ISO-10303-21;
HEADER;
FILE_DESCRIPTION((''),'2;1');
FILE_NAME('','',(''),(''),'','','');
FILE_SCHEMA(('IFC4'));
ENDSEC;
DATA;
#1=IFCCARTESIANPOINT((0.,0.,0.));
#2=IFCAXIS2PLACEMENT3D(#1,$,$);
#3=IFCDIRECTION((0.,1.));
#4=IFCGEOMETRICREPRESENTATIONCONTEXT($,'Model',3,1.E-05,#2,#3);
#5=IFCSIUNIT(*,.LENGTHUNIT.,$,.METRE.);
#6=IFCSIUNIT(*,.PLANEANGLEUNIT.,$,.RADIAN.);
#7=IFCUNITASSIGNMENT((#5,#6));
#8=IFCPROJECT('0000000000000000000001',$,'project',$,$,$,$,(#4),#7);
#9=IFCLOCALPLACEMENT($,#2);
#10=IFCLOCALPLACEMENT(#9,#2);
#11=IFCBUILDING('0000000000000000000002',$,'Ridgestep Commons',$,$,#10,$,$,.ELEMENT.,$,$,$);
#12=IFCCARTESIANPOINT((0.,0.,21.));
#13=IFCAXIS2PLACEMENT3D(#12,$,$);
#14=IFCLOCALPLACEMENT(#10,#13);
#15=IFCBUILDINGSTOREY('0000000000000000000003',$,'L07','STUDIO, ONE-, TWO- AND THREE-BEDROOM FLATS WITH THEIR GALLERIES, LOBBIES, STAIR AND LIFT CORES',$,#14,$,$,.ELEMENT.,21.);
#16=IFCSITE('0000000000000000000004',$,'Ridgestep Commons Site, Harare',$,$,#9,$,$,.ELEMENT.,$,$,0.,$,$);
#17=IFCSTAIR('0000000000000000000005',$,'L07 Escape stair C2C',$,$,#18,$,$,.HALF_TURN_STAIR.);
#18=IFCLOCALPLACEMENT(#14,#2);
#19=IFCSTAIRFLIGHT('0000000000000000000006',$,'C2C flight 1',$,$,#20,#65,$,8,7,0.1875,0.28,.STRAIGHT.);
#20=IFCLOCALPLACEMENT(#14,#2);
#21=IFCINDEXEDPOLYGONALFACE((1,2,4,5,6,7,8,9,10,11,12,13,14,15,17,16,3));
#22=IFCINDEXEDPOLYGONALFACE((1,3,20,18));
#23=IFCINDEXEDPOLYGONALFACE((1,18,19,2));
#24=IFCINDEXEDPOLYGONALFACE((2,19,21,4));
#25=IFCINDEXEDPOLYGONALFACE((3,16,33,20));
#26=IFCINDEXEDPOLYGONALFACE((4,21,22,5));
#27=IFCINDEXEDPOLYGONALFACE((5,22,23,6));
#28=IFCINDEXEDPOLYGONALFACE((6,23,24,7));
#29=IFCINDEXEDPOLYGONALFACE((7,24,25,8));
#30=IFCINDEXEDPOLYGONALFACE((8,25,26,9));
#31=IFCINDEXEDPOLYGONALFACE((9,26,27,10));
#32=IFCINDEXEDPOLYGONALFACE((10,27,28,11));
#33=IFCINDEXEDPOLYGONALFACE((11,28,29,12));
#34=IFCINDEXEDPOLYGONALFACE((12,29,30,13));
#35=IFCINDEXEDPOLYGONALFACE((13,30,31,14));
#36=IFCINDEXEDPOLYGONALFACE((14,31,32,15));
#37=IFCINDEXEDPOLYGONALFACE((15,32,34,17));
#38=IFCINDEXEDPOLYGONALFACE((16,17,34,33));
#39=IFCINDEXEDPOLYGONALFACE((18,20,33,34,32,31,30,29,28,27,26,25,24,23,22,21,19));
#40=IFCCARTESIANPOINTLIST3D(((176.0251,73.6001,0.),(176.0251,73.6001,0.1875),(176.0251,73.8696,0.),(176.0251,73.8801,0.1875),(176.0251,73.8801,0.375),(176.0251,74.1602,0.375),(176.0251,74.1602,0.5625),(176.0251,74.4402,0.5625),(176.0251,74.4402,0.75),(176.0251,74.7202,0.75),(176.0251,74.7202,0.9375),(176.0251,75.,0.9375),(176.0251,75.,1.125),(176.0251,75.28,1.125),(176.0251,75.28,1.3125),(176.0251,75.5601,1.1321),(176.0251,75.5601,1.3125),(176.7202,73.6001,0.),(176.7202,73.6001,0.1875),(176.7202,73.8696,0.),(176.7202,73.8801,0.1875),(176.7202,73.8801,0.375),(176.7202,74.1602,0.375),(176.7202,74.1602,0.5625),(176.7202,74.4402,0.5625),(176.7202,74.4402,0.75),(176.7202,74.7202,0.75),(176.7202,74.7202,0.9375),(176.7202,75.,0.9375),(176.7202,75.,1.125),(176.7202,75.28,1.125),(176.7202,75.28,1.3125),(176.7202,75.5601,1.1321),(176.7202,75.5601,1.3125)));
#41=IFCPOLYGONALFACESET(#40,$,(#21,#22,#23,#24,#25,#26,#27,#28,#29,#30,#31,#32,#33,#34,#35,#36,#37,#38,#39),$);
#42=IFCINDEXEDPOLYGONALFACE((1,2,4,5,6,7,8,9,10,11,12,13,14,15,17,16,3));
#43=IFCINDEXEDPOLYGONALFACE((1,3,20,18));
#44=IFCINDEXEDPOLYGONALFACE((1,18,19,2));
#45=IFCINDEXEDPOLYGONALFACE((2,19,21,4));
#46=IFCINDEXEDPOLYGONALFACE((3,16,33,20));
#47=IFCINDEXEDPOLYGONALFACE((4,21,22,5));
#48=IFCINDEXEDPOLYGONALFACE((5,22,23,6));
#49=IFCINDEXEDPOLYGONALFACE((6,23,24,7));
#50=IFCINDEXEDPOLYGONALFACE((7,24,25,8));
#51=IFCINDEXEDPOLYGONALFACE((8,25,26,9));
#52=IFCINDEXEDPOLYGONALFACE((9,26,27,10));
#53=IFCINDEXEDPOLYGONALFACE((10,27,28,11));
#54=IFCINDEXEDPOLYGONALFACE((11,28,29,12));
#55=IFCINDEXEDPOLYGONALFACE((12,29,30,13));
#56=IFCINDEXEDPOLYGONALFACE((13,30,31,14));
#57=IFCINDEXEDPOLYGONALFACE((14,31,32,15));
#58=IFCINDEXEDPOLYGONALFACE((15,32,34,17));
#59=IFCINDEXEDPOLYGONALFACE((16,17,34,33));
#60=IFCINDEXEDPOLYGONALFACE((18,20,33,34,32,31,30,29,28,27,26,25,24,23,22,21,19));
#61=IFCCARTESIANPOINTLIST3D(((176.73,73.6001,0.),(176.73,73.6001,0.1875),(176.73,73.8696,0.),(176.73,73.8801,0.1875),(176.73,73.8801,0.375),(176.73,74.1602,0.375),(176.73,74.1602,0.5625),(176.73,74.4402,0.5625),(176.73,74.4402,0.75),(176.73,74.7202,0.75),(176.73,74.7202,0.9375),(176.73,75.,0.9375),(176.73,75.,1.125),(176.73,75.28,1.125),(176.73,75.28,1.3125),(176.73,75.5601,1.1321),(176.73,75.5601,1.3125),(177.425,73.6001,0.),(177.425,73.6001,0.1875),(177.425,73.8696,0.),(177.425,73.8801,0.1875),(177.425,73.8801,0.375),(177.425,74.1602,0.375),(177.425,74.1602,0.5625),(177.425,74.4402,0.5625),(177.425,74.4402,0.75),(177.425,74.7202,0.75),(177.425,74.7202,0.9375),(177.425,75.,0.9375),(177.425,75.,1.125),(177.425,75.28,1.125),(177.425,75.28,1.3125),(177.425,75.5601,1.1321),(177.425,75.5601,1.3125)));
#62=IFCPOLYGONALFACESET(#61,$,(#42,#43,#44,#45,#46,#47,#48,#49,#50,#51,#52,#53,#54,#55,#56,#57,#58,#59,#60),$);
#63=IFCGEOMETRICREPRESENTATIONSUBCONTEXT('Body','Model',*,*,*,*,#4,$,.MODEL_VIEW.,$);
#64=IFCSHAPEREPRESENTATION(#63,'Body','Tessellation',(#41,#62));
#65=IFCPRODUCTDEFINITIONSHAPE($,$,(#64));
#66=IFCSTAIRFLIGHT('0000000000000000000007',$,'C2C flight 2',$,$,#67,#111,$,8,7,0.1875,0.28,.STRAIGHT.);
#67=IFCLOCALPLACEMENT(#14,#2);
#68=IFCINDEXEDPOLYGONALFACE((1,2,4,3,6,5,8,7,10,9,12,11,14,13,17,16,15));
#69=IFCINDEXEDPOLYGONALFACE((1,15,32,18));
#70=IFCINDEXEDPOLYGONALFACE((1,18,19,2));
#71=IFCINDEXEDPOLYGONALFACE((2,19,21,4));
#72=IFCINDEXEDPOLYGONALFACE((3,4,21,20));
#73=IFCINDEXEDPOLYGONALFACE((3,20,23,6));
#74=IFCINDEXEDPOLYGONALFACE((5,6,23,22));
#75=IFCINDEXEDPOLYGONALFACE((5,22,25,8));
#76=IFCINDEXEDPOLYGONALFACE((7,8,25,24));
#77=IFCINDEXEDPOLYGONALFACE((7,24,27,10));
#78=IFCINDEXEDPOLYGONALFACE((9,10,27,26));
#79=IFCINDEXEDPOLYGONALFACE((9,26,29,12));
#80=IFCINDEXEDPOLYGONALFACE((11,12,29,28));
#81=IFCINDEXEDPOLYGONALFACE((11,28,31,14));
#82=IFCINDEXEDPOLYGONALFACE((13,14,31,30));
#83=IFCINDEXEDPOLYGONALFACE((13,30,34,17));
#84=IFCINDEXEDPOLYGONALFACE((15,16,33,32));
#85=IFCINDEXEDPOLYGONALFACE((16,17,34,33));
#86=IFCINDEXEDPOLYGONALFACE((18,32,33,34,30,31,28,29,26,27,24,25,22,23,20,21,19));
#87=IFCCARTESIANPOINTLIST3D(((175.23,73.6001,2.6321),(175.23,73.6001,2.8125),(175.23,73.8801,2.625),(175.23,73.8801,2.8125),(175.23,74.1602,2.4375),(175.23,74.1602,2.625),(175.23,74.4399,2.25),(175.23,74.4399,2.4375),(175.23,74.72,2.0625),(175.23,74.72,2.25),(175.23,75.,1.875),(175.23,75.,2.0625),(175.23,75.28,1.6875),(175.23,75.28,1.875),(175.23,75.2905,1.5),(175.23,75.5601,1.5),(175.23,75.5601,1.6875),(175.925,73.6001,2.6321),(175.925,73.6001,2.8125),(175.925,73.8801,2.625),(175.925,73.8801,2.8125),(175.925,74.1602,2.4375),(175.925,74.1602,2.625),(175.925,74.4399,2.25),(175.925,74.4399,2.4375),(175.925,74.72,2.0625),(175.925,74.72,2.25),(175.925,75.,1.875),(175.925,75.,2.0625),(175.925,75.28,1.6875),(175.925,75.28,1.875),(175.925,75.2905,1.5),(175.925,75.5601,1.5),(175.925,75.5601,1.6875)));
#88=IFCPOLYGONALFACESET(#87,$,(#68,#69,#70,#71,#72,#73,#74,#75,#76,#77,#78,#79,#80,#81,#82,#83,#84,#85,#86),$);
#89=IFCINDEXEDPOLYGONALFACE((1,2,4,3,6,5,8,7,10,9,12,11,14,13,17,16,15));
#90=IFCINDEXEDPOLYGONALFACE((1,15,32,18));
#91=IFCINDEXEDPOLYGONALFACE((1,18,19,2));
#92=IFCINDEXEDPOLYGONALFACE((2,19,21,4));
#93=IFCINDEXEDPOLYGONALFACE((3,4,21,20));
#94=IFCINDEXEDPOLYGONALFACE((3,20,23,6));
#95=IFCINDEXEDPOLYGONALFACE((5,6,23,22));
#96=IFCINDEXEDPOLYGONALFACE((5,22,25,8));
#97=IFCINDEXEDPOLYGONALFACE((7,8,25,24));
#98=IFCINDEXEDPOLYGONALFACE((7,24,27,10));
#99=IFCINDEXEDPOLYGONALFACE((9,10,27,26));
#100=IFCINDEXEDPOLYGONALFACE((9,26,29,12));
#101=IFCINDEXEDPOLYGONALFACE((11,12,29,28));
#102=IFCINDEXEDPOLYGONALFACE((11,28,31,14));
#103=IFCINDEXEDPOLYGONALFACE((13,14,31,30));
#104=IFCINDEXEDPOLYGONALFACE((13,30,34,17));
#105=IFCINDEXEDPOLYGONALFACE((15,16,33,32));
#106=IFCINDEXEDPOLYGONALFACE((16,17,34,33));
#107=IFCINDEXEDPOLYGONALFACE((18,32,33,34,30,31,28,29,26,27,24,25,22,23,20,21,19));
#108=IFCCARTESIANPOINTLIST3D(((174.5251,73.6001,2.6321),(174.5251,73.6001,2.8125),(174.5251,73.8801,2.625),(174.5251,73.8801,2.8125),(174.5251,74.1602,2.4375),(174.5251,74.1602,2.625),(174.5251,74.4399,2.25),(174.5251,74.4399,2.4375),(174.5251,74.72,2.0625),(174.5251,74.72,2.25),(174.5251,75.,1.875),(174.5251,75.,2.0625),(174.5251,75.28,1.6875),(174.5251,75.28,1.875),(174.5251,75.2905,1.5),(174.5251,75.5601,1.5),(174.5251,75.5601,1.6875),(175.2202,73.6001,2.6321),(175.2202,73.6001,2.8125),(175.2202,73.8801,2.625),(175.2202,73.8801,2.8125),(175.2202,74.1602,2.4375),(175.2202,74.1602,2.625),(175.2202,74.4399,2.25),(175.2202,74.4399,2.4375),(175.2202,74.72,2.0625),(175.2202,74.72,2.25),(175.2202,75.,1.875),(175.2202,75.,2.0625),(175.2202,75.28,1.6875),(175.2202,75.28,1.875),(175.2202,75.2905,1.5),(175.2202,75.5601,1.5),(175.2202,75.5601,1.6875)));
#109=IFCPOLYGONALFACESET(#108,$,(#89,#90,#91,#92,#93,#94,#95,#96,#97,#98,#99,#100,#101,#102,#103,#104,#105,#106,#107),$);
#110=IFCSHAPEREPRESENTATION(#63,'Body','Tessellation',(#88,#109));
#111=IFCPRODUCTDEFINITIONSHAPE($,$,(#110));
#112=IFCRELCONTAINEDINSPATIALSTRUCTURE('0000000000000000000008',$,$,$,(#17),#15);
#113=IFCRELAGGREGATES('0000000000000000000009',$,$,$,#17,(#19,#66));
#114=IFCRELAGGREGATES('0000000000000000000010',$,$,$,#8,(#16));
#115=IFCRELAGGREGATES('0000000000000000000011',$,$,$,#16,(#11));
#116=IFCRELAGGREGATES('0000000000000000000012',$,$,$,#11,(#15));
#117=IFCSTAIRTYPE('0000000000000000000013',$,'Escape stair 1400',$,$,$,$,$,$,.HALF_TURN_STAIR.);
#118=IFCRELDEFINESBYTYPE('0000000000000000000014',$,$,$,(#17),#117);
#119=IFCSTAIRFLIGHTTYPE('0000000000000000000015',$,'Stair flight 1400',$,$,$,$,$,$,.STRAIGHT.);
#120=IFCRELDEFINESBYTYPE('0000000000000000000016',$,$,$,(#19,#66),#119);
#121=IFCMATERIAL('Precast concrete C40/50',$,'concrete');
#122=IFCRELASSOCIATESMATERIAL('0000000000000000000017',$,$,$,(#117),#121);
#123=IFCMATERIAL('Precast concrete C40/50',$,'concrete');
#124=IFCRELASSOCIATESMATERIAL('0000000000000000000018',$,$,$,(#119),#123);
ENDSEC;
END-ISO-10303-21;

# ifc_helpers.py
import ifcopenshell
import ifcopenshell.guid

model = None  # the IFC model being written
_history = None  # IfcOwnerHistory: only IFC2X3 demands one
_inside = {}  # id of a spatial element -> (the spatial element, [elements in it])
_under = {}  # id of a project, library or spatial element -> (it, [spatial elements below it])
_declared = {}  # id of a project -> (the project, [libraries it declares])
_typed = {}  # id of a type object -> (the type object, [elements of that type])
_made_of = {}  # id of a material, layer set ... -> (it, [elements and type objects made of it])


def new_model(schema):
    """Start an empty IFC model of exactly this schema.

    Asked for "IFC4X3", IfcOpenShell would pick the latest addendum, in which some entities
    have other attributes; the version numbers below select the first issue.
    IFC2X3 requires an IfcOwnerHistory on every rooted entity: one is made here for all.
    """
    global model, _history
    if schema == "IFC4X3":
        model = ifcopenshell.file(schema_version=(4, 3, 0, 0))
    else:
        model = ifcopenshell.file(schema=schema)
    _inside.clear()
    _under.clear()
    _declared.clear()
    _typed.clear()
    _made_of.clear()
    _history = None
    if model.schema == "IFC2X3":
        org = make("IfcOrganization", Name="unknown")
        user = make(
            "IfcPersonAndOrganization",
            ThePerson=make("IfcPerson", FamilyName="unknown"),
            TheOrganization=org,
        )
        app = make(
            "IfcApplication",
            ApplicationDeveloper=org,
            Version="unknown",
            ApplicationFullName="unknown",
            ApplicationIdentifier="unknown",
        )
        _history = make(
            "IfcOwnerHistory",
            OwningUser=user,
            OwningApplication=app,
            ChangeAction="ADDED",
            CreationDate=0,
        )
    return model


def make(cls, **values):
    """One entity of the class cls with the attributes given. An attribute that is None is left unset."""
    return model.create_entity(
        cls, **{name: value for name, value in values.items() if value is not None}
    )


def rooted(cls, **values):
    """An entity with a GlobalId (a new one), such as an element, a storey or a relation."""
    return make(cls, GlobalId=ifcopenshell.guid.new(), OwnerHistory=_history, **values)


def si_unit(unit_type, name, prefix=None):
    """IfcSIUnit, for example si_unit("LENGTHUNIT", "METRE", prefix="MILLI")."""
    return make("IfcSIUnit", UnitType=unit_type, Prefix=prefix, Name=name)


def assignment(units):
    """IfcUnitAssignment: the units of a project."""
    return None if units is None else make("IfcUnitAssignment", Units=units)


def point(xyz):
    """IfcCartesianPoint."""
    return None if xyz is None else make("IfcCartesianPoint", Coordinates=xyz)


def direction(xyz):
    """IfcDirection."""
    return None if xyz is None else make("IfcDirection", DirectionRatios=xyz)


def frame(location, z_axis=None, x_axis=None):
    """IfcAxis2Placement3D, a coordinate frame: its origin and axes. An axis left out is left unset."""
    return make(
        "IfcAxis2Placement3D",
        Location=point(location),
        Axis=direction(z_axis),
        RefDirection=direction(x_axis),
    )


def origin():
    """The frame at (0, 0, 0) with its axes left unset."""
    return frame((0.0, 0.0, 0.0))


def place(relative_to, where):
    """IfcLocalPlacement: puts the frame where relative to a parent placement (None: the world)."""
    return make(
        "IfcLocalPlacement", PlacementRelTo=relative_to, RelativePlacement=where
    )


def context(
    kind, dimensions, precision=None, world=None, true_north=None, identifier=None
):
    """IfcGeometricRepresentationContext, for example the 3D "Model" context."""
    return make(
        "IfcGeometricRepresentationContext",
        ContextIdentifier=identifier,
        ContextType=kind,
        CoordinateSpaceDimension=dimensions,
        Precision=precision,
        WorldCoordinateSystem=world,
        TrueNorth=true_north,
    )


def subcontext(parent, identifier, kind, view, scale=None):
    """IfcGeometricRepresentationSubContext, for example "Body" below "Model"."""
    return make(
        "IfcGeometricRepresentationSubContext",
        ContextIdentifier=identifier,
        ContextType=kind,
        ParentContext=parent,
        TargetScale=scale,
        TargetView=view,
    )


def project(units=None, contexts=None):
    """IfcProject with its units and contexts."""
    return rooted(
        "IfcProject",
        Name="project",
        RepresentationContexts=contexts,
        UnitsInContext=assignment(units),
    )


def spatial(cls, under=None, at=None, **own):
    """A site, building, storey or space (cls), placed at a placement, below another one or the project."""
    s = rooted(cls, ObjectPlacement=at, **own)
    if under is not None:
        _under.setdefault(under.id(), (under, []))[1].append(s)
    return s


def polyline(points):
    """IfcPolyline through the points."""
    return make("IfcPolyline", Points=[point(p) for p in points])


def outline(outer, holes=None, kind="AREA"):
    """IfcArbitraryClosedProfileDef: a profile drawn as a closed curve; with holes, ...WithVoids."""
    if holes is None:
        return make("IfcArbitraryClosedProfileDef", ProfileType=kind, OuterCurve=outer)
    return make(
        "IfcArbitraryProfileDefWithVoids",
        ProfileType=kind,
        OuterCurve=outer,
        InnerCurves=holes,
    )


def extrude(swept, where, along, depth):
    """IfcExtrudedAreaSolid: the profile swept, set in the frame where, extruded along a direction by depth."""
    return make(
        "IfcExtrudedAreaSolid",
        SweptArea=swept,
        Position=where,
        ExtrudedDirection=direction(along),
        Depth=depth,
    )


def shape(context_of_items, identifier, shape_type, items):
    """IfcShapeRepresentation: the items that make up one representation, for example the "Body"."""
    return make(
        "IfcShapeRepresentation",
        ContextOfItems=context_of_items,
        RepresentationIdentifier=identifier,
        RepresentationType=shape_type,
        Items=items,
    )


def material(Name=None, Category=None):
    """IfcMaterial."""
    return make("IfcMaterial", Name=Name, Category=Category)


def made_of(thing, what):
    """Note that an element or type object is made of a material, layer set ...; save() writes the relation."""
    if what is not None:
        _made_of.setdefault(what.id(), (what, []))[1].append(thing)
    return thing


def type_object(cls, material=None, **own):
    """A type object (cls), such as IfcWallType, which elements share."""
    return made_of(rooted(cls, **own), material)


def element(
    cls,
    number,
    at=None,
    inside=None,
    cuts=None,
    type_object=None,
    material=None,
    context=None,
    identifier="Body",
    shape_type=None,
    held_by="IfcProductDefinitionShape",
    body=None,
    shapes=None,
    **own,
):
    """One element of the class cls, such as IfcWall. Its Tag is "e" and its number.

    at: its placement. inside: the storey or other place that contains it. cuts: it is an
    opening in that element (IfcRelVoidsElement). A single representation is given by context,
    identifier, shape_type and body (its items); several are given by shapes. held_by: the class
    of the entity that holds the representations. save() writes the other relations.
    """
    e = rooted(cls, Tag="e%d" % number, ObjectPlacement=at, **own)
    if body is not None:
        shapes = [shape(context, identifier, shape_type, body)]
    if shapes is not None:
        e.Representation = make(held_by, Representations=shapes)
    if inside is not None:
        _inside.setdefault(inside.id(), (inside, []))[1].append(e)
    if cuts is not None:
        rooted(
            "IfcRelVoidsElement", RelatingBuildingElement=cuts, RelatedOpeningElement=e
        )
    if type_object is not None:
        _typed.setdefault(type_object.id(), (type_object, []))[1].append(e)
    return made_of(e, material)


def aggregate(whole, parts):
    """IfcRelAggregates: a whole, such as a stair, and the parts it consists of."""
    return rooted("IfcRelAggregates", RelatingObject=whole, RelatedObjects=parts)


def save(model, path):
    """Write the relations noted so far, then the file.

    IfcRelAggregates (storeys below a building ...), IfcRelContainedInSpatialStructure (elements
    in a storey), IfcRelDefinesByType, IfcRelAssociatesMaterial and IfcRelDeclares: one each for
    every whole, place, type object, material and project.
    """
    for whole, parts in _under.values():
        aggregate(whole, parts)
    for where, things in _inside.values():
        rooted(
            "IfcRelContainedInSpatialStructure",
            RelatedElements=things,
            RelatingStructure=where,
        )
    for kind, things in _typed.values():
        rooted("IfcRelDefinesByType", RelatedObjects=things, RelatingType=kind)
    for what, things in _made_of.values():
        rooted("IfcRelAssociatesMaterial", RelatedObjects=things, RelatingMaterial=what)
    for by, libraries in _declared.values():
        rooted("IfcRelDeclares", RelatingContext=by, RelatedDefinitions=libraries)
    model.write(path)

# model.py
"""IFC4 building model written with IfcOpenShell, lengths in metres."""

from ifc_helpers import new_model, si_unit, direction, frame, origin, place, context, subcontext, project, spatial, polyline, outline, extrude, material, type_object, element, aggregate, save


model = new_model("IFC4")

# Units and contexts
model_context = context("Model", 3, precision=1e-05, world=origin(), true_north=direction((0.0, 1.0)))
body_context = subcontext(model_context, "Body", "Model", "MODEL_VIEW")
ifc_project = project(units=[si_unit("LENGTHUNIT", "METRE"), si_unit("PLANEANGLEUNIT", "RADIAN")], contexts=[model_context])

# Site, building, storey
site_placement = place(None, origin())
site = spatial("IfcSite", under=ifc_project, at=site_placement, Name="Ridgestep Commons Site, Harare", CompositionType="ELEMENT", RefElevation=0.0)
building_placement = place(site_placement, origin())
building = spatial("IfcBuilding", under=site, at=building_placement, Name="Ridgestep Commons", CompositionType="ELEMENT")
storey_placement = place(building_placement, frame((0.0, 0.0, 21.0)))
storey = spatial("IfcBuildingStorey", under=building, at=storey_placement, Name="L07", Description="STUDIO, ONE-, TWO- AND THREE-BEDROOM FLATS WITH THEIR GALLERIES, LOBBIES, STAIR AND LIFT CORES", CompositionType="ELEMENT", Elevation=21.0)

# Stair, stair flights
ifc_material_1 = material(Name="Precast concrete C40/50", Category="concrete")
stair_type = type_object("IfcStairType", Name="Escape stair 1400", PredefinedType="HALF_TURN_STAIR", material=ifc_material_1)
stair_placement = place(storey_placement, origin())
stair = element("IfcStair", 1, at=stair_placement, inside=storey, type_object=stair_type, Name="L07 Escape stair C2C", PredefinedType="HALF_TURN_STAIR")
ifc_material_2 = material(Name="Precast concrete C40/50", Category="concrete")
stair_flight_type = type_object("IfcStairFlightType", Name="Stair flight 1400", PredefinedType="STRAIGHT", material=ifc_material_2)
stair_flight_1_placement = place(storey_placement, frame((176.7251, 73.6001, 0.0), z_axis=(0.0, 0.0, 1.0), x_axis=(0.0, 1.0, 0.0)))
stair_flight_1 = element("IfcStairFlight", 2, at=stair_flight_1_placement, type_object=stair_flight_type, Name="C2C flight 1", NumberOfRisers=8, NumberOfTreads=7, PredefinedType="STRAIGHT", RiserHeight=0.1875, TreadLength=0.28, context=body_context, shape_type="SweptSolid", body=[
    extrude(outline(polyline([(0.0, 0.0), (0.0, 0.1875), (0.28, 0.1875), (0.28, 0.375), (0.5601, 0.375), (0.5601, 0.5625), (0.8401, 0.5625), (0.8401, 0.75), (1.1201, 0.75), (1.1201, 0.9375), (1.3999, 0.9375), (1.3999, 1.125), (1.6799, 1.125), (1.6799, 1.3125), (1.96, 1.3125), (1.96, 1.5), (1.96, 1.1321), (0.2695, 0.0), (0.0, 0.0)])), frame((0.0, 0.7, 0.0), z_axis=(0.0, -1.0, 0.0), x_axis=(1.0, 0.0, 0.0)), (0.0, 0.0, 1.0), 0.6951),
    extrude(outline(polyline([(0.0, 0.0), (0.0, 0.1875), (0.28, 0.1875), (0.28, 0.375), (0.5601, 0.375), (0.5601, 0.5625), (0.8401, 0.5625), (0.8401, 0.75), (1.1201, 0.75), (1.1201, 0.9375), (1.3999, 0.9375), (1.3999, 1.125), (1.6799, 1.125), (1.6799, 1.3125), (1.96, 1.3125), (1.96, 1.5), (1.96, 1.1321), (0.2695, 0.0), (0.0, 0.0)])), frame((0.0, -0.0049, 0.0), z_axis=(0.0, -1.0, 0.0), x_axis=(1.0, 0.0, 0.0)), (0.0, 0.0, 1.0), 0.6951),
])
stair_flight_2_placement = place(storey_placement, frame((175.2251, 75.5601, 1.5), z_axis=(0.0, 0.0, 1.0), x_axis=(0.0, -1.0, 0.0)))
stair_flight_2 = element("IfcStairFlight", 3, at=stair_flight_2_placement, type_object=stair_flight_type, Name="C2C flight 2", NumberOfRisers=8, NumberOfTreads=7, PredefinedType="STRAIGHT", RiserHeight=0.1875, TreadLength=0.28, context=body_context, shape_type="SweptSolid", body=[
    extrude(outline(polyline([(0.0, 0.0), (0.0, 0.1875), (0.28, 0.1875), (0.28, 0.375), (0.5601, 0.375), (0.5601, 0.5625), (0.8401, 0.5625), (0.8401, 0.75), (1.1201, 0.75), (1.1201, 0.9375), (1.3999, 0.9375), (1.3999, 1.125), (1.6799, 1.125), (1.6799, 1.3125), (1.96, 1.3125), (1.96, 1.5), (1.96, 1.1321), (0.2695, 0.0), (0.0, 0.0)])), frame((0.0, 0.7, 0.0), z_axis=(0.0, -1.0, 0.0), x_axis=(1.0, 0.0, 0.0)), (0.0, 0.0, 1.0), 0.6951),
    extrude(outline(polyline([(0.0, 0.0), (0.0, 0.1875), (0.28, 0.1875), (0.28, 0.375), (0.5601, 0.375), (0.5601, 0.5625), (0.8401, 0.5625), (0.8401, 0.75), (1.1201, 0.75), (1.1201, 0.9375), (1.3999, 0.9375), (1.3999, 1.125), (1.6799, 1.125), (1.6799, 1.3125), (1.96, 1.3125), (1.96, 1.5), (1.96, 1.1321), (0.2695, 0.0), (0.0, 0.0)])), frame((0.0, -0.0049, 0.0), z_axis=(0.0, -1.0, 0.0), x_axis=(1.0, 0.0, 0.0)), (0.0, 0.0, 1.0), 0.6951),
])
aggregate(stair, [stair_flight_1, stair_flight_2])

save(model, "model.ifc")
